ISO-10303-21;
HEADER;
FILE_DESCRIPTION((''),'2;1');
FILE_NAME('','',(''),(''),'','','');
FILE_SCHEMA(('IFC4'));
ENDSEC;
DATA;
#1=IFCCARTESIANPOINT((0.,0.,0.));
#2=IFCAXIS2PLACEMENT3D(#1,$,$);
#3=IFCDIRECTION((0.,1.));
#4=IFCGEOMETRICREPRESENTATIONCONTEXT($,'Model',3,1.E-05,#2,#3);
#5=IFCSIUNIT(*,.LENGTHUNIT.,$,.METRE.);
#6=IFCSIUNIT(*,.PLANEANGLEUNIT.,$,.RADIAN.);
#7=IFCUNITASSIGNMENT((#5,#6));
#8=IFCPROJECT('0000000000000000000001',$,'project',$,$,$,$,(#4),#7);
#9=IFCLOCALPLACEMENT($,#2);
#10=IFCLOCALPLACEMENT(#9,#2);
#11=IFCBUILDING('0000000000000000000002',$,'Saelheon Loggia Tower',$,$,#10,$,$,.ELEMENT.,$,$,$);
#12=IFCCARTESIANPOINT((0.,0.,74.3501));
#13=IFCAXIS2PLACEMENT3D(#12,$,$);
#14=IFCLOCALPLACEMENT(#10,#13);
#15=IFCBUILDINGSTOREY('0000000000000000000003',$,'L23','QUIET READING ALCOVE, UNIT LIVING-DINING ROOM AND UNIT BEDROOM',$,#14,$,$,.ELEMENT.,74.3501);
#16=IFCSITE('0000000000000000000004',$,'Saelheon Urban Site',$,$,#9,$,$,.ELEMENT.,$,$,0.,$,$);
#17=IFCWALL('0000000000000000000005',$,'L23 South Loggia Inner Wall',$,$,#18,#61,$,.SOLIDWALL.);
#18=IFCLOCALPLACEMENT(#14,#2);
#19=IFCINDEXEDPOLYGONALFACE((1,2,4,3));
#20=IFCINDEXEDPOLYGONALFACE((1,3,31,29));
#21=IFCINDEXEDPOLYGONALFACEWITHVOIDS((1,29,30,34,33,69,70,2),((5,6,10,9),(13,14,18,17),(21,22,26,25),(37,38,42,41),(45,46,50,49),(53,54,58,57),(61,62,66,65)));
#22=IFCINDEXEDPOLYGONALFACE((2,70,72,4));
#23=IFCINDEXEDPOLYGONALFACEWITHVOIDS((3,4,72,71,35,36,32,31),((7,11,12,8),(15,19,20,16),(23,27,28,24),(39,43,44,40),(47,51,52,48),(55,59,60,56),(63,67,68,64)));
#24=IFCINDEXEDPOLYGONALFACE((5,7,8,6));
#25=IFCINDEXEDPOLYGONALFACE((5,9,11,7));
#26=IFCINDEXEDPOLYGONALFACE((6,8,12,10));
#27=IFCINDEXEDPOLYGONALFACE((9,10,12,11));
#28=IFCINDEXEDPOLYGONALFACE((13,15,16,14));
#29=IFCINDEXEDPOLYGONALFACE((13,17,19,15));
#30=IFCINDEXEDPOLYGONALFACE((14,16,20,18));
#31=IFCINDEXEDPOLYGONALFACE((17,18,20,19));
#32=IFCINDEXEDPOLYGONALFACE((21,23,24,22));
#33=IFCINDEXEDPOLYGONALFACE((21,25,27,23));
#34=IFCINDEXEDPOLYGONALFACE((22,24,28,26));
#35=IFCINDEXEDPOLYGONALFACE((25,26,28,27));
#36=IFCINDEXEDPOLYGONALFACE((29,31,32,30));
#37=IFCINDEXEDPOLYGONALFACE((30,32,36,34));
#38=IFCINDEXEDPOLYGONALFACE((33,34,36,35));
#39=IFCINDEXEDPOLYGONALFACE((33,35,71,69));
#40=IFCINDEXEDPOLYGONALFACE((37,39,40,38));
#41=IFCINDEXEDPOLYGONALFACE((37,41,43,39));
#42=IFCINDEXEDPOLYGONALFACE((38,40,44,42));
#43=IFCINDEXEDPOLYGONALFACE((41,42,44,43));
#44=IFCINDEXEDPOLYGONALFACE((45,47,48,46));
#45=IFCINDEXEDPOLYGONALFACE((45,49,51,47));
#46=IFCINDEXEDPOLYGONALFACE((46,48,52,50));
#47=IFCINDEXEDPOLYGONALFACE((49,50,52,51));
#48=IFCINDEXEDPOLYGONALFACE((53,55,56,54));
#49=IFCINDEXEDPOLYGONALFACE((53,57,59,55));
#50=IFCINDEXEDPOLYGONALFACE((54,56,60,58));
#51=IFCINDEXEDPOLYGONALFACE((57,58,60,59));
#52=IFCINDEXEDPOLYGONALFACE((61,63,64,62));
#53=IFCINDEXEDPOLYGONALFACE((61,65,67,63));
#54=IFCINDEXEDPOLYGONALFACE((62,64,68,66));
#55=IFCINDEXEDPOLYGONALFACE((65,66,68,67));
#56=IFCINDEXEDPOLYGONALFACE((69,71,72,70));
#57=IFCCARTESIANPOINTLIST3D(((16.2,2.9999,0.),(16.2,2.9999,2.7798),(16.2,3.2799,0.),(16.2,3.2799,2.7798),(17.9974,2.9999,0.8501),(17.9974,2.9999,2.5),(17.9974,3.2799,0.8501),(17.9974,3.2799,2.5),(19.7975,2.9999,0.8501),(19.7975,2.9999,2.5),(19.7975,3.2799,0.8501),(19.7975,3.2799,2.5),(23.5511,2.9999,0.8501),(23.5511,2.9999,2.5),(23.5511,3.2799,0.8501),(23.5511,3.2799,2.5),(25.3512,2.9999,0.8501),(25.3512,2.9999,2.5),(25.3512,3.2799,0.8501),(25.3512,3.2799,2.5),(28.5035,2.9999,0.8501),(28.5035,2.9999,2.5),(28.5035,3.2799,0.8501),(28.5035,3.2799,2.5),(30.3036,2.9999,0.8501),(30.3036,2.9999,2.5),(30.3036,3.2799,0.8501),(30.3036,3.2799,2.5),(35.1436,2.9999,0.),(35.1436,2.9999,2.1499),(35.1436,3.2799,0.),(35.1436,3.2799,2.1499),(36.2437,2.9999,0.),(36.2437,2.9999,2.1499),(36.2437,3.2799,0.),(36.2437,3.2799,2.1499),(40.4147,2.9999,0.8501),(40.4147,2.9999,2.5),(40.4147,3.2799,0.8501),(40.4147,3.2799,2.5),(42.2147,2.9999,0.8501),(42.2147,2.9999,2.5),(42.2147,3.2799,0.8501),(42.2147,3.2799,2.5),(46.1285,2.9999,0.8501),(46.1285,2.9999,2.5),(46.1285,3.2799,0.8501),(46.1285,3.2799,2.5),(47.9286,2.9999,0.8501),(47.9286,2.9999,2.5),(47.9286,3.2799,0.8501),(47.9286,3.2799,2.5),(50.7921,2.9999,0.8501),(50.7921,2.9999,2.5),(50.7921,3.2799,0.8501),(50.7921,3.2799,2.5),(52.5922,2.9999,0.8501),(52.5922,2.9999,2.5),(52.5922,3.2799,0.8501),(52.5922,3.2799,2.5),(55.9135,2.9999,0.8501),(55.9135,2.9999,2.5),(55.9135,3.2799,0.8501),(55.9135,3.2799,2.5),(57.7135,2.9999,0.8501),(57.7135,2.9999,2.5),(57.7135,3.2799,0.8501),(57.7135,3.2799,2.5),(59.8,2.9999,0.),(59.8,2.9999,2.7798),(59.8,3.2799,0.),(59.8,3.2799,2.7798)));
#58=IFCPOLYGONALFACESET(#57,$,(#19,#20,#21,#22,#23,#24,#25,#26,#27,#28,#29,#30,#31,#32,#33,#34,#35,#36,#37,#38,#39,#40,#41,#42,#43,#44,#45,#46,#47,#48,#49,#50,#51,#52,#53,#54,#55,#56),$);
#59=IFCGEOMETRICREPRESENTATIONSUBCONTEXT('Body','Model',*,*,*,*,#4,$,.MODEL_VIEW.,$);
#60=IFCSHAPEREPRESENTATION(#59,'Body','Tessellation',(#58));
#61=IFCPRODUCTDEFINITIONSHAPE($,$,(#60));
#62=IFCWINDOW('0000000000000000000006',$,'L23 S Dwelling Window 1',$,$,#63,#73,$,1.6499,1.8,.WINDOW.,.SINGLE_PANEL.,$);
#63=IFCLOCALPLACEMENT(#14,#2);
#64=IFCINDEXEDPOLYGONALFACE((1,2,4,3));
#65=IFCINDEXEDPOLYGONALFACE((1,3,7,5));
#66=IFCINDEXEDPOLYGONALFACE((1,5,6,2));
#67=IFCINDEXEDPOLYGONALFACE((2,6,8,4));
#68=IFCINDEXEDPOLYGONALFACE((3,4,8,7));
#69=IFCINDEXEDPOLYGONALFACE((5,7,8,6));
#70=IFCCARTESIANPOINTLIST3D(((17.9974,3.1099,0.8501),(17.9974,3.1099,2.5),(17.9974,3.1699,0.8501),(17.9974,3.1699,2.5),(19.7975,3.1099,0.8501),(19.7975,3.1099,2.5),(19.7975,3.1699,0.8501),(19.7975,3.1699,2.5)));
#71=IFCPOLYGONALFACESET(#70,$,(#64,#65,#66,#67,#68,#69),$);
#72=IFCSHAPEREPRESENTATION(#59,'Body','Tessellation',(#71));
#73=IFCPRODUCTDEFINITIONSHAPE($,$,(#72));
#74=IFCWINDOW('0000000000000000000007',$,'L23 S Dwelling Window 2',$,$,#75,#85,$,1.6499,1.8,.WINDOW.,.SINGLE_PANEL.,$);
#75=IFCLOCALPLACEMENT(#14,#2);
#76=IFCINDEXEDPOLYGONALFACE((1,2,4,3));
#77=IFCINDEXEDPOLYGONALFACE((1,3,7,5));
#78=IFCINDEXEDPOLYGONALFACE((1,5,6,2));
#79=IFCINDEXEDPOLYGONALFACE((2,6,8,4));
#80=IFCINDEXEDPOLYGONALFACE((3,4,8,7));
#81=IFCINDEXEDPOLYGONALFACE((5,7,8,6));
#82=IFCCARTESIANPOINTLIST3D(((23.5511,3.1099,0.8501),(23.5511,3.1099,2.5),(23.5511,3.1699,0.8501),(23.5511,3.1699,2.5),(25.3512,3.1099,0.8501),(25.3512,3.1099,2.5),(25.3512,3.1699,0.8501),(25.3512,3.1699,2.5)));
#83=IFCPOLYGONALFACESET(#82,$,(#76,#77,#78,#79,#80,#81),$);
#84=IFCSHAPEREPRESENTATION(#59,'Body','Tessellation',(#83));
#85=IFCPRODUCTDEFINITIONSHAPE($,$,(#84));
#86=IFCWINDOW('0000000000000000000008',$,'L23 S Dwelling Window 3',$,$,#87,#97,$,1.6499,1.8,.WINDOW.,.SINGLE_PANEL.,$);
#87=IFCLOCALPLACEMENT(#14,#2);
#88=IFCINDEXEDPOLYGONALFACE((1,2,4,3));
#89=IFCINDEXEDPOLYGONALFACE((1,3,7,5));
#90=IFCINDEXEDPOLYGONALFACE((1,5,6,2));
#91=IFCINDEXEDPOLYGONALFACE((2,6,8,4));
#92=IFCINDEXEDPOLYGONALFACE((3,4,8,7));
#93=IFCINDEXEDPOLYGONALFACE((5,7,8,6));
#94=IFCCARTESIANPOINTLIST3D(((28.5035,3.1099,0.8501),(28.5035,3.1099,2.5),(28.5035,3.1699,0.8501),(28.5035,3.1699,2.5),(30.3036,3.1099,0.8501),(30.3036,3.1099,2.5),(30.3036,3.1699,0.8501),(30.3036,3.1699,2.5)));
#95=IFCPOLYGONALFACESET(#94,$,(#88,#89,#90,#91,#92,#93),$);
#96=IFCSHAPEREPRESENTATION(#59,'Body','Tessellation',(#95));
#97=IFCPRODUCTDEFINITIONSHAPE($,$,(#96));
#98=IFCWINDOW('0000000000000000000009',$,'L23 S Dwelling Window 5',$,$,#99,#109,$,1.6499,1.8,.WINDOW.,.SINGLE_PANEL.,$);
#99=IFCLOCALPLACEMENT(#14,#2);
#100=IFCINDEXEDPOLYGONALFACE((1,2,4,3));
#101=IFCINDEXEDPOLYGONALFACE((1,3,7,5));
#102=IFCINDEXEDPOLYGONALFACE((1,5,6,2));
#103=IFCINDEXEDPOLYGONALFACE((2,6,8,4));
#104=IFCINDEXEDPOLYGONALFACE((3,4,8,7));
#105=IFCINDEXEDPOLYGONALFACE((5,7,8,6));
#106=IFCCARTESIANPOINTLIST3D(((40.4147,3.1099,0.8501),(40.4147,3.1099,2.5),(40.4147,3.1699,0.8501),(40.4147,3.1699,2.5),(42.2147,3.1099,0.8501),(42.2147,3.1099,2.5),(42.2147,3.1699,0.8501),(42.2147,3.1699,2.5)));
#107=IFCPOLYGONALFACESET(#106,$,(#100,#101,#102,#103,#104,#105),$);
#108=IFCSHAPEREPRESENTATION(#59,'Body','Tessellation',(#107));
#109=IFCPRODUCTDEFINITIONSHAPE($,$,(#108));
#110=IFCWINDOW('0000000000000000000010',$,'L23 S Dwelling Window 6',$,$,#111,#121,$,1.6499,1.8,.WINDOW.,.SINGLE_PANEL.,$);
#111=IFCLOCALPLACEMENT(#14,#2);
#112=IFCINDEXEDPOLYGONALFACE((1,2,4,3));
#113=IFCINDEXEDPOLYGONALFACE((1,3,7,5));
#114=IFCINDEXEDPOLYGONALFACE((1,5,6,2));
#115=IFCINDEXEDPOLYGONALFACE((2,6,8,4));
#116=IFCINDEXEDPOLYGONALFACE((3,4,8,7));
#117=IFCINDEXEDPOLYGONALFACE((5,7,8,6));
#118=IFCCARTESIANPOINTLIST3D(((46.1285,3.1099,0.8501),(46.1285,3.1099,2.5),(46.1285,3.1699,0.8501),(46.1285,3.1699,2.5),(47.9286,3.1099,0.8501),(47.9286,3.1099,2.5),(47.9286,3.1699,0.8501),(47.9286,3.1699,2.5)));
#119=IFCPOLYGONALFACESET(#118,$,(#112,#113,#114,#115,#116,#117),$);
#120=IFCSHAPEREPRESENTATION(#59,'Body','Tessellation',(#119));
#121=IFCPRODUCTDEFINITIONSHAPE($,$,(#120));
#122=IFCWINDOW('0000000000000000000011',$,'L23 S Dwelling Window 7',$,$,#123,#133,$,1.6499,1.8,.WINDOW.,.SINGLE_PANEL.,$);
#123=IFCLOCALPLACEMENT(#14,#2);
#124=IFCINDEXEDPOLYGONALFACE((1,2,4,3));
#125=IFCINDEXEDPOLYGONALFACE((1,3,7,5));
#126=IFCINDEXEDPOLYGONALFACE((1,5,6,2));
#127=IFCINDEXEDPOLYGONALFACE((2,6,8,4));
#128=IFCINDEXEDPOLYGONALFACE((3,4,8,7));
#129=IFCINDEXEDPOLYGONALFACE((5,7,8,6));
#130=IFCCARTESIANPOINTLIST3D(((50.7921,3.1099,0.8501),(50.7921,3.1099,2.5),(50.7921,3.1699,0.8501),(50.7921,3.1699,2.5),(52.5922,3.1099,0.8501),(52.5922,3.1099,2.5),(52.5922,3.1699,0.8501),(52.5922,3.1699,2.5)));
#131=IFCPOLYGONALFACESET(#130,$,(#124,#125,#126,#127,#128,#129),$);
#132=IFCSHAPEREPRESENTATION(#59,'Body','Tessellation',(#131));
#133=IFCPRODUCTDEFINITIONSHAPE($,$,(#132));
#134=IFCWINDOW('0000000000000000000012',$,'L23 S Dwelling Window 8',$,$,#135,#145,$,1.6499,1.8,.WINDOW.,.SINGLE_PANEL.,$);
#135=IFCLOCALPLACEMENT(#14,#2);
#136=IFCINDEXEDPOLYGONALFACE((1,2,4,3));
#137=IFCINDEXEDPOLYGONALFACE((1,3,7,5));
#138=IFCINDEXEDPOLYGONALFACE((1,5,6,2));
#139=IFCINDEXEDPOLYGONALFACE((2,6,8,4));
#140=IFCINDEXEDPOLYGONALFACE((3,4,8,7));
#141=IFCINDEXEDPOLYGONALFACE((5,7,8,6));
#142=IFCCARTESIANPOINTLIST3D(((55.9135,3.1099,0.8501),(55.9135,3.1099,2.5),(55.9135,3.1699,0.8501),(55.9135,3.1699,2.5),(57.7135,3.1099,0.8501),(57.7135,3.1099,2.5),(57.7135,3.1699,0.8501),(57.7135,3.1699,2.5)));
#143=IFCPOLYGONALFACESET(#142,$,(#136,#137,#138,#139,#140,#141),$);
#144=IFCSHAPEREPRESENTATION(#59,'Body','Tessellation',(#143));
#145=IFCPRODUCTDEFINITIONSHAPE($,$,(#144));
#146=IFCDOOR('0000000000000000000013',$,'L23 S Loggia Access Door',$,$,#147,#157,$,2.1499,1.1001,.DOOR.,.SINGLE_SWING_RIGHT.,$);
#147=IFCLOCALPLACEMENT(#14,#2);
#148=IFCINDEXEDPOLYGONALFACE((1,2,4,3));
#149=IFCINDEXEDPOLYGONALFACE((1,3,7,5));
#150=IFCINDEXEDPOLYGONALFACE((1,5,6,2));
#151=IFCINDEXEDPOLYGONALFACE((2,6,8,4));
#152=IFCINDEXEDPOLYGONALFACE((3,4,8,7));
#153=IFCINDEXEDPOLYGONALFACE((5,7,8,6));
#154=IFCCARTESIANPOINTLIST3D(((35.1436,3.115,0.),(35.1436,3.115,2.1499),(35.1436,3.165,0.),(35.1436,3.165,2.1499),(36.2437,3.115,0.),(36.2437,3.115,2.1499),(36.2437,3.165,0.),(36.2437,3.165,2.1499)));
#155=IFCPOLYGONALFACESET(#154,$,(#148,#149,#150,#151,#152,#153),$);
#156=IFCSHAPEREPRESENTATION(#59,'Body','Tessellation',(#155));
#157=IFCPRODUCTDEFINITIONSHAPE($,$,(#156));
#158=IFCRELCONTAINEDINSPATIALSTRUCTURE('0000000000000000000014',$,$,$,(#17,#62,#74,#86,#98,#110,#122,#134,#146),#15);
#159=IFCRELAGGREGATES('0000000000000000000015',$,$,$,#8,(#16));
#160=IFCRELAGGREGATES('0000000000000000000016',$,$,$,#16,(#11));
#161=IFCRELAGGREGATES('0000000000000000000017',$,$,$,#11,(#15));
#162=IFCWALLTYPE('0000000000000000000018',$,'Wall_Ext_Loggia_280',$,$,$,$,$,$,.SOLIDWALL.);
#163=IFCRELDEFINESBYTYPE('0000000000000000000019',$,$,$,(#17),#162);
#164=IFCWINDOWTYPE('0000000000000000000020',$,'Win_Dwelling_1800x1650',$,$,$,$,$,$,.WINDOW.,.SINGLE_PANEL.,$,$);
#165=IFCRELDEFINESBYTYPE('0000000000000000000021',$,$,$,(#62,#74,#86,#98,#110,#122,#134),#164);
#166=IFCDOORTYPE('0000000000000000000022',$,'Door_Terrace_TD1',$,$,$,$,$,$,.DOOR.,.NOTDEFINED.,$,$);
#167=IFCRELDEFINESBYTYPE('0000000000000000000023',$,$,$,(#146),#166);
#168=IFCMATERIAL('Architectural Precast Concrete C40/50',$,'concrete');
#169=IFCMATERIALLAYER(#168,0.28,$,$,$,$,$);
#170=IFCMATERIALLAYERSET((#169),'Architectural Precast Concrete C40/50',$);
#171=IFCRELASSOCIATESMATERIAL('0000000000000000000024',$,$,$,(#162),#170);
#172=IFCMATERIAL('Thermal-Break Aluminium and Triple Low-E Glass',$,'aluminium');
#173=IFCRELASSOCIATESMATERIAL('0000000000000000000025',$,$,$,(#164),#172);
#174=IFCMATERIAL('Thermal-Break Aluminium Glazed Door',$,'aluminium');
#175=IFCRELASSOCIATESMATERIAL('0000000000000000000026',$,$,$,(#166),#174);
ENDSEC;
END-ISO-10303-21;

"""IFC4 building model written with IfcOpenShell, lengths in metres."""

from ifc_helpers import new_model, si_unit, direction, frame, frame_2d, origin, place, context, subcontext, project, spatial, rectangle, extrude, source, transform, mapped, material, layer, layer_set, type_object, element, fill, save


model = new_model("IFC4")

# Units and contexts
model_context = context("Model", 3, precision=1e-05, world=origin(), true_north=direction((0.0, 1.0)))
body_context = subcontext(model_context, "Body", "Model", "MODEL_VIEW")
ifc_project = project(units=[si_unit("LENGTHUNIT", "METRE"), si_unit("PLANEANGLEUNIT", "RADIAN")], contexts=[model_context])

# Site, building, storey
site_placement = place(None, origin())
site = spatial("IfcSite", under=ifc_project, at=site_placement, Name="Saelheon Urban Site", CompositionType="ELEMENT", RefElevation=0.0)
building_placement = place(site_placement, origin())
building = spatial("IfcBuilding", under=site, at=building_placement, Name="Saelheon Loggia Tower", CompositionType="ELEMENT")
storey_placement = place(building_placement, frame((0.0, 0.0, 74.3501)))
storey = spatial("IfcBuildingStorey", under=building, at=storey_placement, Name="L23", Description="QUIET READING ALCOVE, UNIT LIVING-DINING ROOM AND UNIT BEDROOM", CompositionType="ELEMENT", Elevation=74.3501)

# Wall, openings, windows, door
ifc_material_1 = material(Name="Architectural Precast Concrete C40/50", Category="concrete")
ifc_layer_1 = layer(ifc_material_1, 0.28)
ifc_layer_set_1 = layer_set([ifc_layer_1], Name="Architectural Precast Concrete C40/50")
wall_type_1 = type_object("IfcWallType", Name="Wall_Ext_Loggia_280", PredefinedType="SOLIDWALL", material=ifc_layer_set_1)
wall_1_placement = place(storey_placement, frame((16.2, 3.1399, 0.0), z_axis=(0.0, 0.0, 1.0), x_axis=(1.0, 0.0, 0.0)))
wall_1 = element("IfcWall", 1, at=wall_1_placement, inside=storey, type_object=wall_type_1, Name="L23 South Loggia Inner Wall", PredefinedType="SOLIDWALL", context=body_context, shape_type="SweptSolid", body=[
    extrude(rectangle(XDim=43.6001, YDim=0.28, at=frame_2d((21.8, 0.0))), origin(), (0.0, 0.0, 1.0), 2.7798),
])
opening_1_placement = place(wall_1_placement, frame((1.7976, 0.0, 0.8501)))
opening_1 = element("IfcOpeningElement", 2, at=opening_1_placement, cuts=wall_1, PredefinedType="OPENING", context=body_context, shape_type="SweptSolid", body=[
    extrude(rectangle(XDim=1.8, YDim=1.6499, at=frame_2d((0.8999, 0.825))), frame((0.0, 0.1521, 0.0), z_axis=(0.0, -1.0, 0.0), x_axis=(1.0, 0.0, 0.0)), (0.0, 0.0, 1.0), 0.304),
])
opening_2_placement = place(wall_1_placement, frame((7.3513, 0.0, 0.8501)))
opening_2 = element("IfcOpeningElement", 3, at=opening_2_placement, cuts=wall_1, PredefinedType="OPENING", context=body_context, shape_type="SweptSolid", body=[
    extrude(rectangle(XDim=1.8, YDim=1.6499, at=frame_2d((0.8999, 0.825))), frame((0.0, 0.1521, 0.0), z_axis=(0.0, -1.0, 0.0), x_axis=(1.0, 0.0, 0.0)), (0.0, 0.0, 1.0), 0.304),
])
opening_3_placement = place(wall_1_placement, frame((12.3037, 0.0, 0.8501)))
opening_3 = element("IfcOpeningElement", 4, at=opening_3_placement, cuts=wall_1, PredefinedType="OPENING", context=body_context, shape_type="SweptSolid", body=[
    extrude(rectangle(XDim=1.8, YDim=1.6499, at=frame_2d((0.8999, 0.825))), frame((0.0, 0.1521, 0.0), z_axis=(0.0, -1.0, 0.0), x_axis=(1.0, 0.0, 0.0)), (0.0, 0.0, 1.0), 0.304),
])
opening_4_placement = place(wall_1_placement, frame((20.0437, 0.0, 0.0), z_axis=(0.0, 0.0, 1.0), x_axis=(-1.0, 0.0, 0.0)))
opening_4 = element("IfcOpeningElement", 5, at=opening_4_placement, cuts=wall_1, PredefinedType="OPENING", context=body_context, shape_type="SweptSolid", body=[
    extrude(rectangle(XDim=1.1001, YDim=2.1499, at=frame_2d((0.55, 1.075))), frame((0.0, 0.1521, 0.0), z_axis=(0.0, -1.0, 0.0), x_axis=(1.0, 0.0, 0.0)), (0.0, 0.0, 1.0), 0.304),
])
opening_5_placement = place(wall_1_placement, frame((24.2148, 0.0, 0.8501)))
opening_5 = element("IfcOpeningElement", 6, at=opening_5_placement, cuts=wall_1, PredefinedType="OPENING", context=body_context, shape_type="SweptSolid", body=[
    extrude(rectangle(XDim=1.8, YDim=1.6499, at=frame_2d((0.8999, 0.825))), frame((0.0, 0.1521, 0.0), z_axis=(0.0, -1.0, 0.0), x_axis=(1.0, 0.0, 0.0)), (0.0, 0.0, 1.0), 0.304),
])
opening_6_placement = place(wall_1_placement, frame((29.9287, 0.0, 0.8501)))
opening_6 = element("IfcOpeningElement", 7, at=opening_6_placement, cuts=wall_1, PredefinedType="OPENING", context=body_context, shape_type="SweptSolid", body=[
    extrude(rectangle(XDim=1.8, YDim=1.6499, at=frame_2d((0.8999, 0.825))), frame((0.0, 0.1521, 0.0), z_axis=(0.0, -1.0, 0.0), x_axis=(1.0, 0.0, 0.0)), (0.0, 0.0, 1.0), 0.304),
])
opening_7_placement = place(wall_1_placement, frame((34.5923, 0.0, 0.8501)))
opening_7 = element("IfcOpeningElement", 8, at=opening_7_placement, cuts=wall_1, PredefinedType="OPENING", context=body_context, shape_type="SweptSolid", body=[
    extrude(rectangle(XDim=1.8, YDim=1.6499, at=frame_2d((0.8999, 0.825))), frame((0.0, 0.1521, 0.0), z_axis=(0.0, -1.0, 0.0), x_axis=(1.0, 0.0, 0.0)), (0.0, 0.0, 1.0), 0.304),
])
opening_8_placement = place(wall_1_placement, frame((39.7136, 0.0, 0.8501)))
opening_8 = element("IfcOpeningElement", 9, at=opening_8_placement, cuts=wall_1, PredefinedType="OPENING", context=body_context, shape_type="SweptSolid", body=[
    extrude(rectangle(XDim=1.8, YDim=1.6499, at=frame_2d((0.8999, 0.825))), frame((0.0, 0.1521, 0.0), z_axis=(0.0, -1.0, 0.0), x_axis=(1.0, 0.0, 0.0)), (0.0, 0.0, 1.0), 0.304),
])
ifc_material_2 = material(Name="Thermal-Break Aluminium and Triple Low-E Glass", Category="aluminium")
window_type = type_object("IfcWindowType", Name="Win_Dwelling_1800x1650", PartitioningType="SINGLE_PANEL", PredefinedType="WINDOW", material=ifc_material_2)
shared_shape_1 = source(origin(), body_context, "Body", "SweptSolid", [
    extrude(rectangle(XDim=1.8, YDim=1.6499, at=frame_2d((0.8999, 0.825))), frame((0.0, 0.03, 0.0), z_axis=(0.0, -1.0, 0.0), x_axis=(1.0, 0.0, 0.0)), (0.0, 0.0, 1.0), 0.0601),
])
window_1_placement = place(opening_1_placement, origin())
window_1 = element("IfcWindow", 10, at=window_1_placement, inside=storey, type_object=window_type, Name="L23 S Dwelling Window 1", OverallHeight=1.6499, OverallWidth=1.8, PartitioningType="SINGLE_PANEL", PredefinedType="WINDOW", context=body_context, shape_type="MappedRepresentation", body=[
    mapped(shared_shape_1, transform((0.0, 0.0, 0.0), scale=1.0)),
])
fill(opening_1, window_1)
window_2_placement = place(opening_2_placement, origin())
window_2 = element("IfcWindow", 11, at=window_2_placement, inside=storey, type_object=window_type, Name="L23 S Dwelling Window 2", OverallHeight=1.6499, OverallWidth=1.8, PartitioningType="SINGLE_PANEL", PredefinedType="WINDOW", context=body_context, shape_type="MappedRepresentation", body=[
    mapped(shared_shape_1, transform((0.0, 0.0, 0.0), scale=1.0)),
])
fill(opening_2, window_2)
window_3_placement = place(opening_3_placement, origin())
window_3 = element("IfcWindow", 12, at=window_3_placement, inside=storey, type_object=window_type, Name="L23 S Dwelling Window 3", OverallHeight=1.6499, OverallWidth=1.8, PartitioningType="SINGLE_PANEL", PredefinedType="WINDOW", context=body_context, shape_type="MappedRepresentation", body=[
    mapped(shared_shape_1, transform((0.0, 0.0, 0.0), scale=1.0)),
])
fill(opening_3, window_3)
window_4_placement = place(opening_5_placement, origin())
window_4 = element("IfcWindow", 13, at=window_4_placement, inside=storey, type_object=window_type, Name="L23 S Dwelling Window 5", OverallHeight=1.6499, OverallWidth=1.8, PartitioningType="SINGLE_PANEL", PredefinedType="WINDOW", context=body_context, shape_type="MappedRepresentation", body=[
    mapped(shared_shape_1, transform((0.0, 0.0, 0.0), scale=1.0)),
])
fill(opening_5, window_4)
window_5_placement = place(opening_6_placement, origin())
window_5 = element("IfcWindow", 14, at=window_5_placement, inside=storey, type_object=window_type, Name="L23 S Dwelling Window 6", OverallHeight=1.6499, OverallWidth=1.8, PartitioningType="SINGLE_PANEL", PredefinedType="WINDOW", context=body_context, shape_type="MappedRepresentation", body=[
    mapped(shared_shape_1, transform((0.0, 0.0, 0.0), scale=1.0)),
])
fill(opening_6, window_5)
window_6_placement = place(opening_7_placement, origin())
window_6 = element("IfcWindow", 15, at=window_6_placement, inside=storey, type_object=window_type, Name="L23 S Dwelling Window 7", OverallHeight=1.6499, OverallWidth=1.8, PartitioningType="SINGLE_PANEL", PredefinedType="WINDOW", context=body_context, shape_type="MappedRepresentation", body=[
    mapped(shared_shape_1, transform((0.0, 0.0, 0.0), scale=1.0)),
])
fill(opening_7, window_6)
window_7_placement = place(opening_8_placement, origin())
window_7 = element("IfcWindow", 16, at=window_7_placement, inside=storey, type_object=window_type, Name="L23 S Dwelling Window 8", OverallHeight=1.6499, OverallWidth=1.8, PartitioningType="SINGLE_PANEL", PredefinedType="WINDOW", context=body_context, shape_type="MappedRepresentation", body=[
    mapped(shared_shape_1, transform((0.0, 0.0, 0.0), scale=1.0)),
])
fill(opening_8, window_7)
ifc_material_3 = material(Name="Thermal-Break Aluminium Glazed Door", Category="aluminium")
door_type_1 = type_object("IfcDoorType", Name="Door_Terrace_TD1", OperationType="NOTDEFINED", PredefinedType="DOOR", material=ifc_material_3)
shared_shape_2 = source(origin(), body_context, "Body", "SweptSolid", [
    extrude(rectangle(XDim=1.1001, YDim=2.1499, at=frame_2d((0.55, 1.075))), frame((0.0, 0.0249, 0.0), z_axis=(0.0, -1.0, 0.0), x_axis=(1.0, 0.0, 0.0)), (0.0, 0.0, 1.0), 0.05),
])
door_1_placement = place(opening_4_placement, origin())
door_1 = element("IfcDoor", 17, at=door_1_placement, inside=storey, type_object=door_type_1, Name="L23 S Loggia Access Door", OperationType="SINGLE_SWING_RIGHT", OverallHeight=2.1499, OverallWidth=1.1001, PredefinedType="DOOR", context=body_context, shape_type="MappedRepresentation", body=[
    mapped(shared_shape_2, transform((0.0, 0.0, 0.0), scale=1.0)),
])
fill(opening_4, door_1)

save(model, "model.ifc")
